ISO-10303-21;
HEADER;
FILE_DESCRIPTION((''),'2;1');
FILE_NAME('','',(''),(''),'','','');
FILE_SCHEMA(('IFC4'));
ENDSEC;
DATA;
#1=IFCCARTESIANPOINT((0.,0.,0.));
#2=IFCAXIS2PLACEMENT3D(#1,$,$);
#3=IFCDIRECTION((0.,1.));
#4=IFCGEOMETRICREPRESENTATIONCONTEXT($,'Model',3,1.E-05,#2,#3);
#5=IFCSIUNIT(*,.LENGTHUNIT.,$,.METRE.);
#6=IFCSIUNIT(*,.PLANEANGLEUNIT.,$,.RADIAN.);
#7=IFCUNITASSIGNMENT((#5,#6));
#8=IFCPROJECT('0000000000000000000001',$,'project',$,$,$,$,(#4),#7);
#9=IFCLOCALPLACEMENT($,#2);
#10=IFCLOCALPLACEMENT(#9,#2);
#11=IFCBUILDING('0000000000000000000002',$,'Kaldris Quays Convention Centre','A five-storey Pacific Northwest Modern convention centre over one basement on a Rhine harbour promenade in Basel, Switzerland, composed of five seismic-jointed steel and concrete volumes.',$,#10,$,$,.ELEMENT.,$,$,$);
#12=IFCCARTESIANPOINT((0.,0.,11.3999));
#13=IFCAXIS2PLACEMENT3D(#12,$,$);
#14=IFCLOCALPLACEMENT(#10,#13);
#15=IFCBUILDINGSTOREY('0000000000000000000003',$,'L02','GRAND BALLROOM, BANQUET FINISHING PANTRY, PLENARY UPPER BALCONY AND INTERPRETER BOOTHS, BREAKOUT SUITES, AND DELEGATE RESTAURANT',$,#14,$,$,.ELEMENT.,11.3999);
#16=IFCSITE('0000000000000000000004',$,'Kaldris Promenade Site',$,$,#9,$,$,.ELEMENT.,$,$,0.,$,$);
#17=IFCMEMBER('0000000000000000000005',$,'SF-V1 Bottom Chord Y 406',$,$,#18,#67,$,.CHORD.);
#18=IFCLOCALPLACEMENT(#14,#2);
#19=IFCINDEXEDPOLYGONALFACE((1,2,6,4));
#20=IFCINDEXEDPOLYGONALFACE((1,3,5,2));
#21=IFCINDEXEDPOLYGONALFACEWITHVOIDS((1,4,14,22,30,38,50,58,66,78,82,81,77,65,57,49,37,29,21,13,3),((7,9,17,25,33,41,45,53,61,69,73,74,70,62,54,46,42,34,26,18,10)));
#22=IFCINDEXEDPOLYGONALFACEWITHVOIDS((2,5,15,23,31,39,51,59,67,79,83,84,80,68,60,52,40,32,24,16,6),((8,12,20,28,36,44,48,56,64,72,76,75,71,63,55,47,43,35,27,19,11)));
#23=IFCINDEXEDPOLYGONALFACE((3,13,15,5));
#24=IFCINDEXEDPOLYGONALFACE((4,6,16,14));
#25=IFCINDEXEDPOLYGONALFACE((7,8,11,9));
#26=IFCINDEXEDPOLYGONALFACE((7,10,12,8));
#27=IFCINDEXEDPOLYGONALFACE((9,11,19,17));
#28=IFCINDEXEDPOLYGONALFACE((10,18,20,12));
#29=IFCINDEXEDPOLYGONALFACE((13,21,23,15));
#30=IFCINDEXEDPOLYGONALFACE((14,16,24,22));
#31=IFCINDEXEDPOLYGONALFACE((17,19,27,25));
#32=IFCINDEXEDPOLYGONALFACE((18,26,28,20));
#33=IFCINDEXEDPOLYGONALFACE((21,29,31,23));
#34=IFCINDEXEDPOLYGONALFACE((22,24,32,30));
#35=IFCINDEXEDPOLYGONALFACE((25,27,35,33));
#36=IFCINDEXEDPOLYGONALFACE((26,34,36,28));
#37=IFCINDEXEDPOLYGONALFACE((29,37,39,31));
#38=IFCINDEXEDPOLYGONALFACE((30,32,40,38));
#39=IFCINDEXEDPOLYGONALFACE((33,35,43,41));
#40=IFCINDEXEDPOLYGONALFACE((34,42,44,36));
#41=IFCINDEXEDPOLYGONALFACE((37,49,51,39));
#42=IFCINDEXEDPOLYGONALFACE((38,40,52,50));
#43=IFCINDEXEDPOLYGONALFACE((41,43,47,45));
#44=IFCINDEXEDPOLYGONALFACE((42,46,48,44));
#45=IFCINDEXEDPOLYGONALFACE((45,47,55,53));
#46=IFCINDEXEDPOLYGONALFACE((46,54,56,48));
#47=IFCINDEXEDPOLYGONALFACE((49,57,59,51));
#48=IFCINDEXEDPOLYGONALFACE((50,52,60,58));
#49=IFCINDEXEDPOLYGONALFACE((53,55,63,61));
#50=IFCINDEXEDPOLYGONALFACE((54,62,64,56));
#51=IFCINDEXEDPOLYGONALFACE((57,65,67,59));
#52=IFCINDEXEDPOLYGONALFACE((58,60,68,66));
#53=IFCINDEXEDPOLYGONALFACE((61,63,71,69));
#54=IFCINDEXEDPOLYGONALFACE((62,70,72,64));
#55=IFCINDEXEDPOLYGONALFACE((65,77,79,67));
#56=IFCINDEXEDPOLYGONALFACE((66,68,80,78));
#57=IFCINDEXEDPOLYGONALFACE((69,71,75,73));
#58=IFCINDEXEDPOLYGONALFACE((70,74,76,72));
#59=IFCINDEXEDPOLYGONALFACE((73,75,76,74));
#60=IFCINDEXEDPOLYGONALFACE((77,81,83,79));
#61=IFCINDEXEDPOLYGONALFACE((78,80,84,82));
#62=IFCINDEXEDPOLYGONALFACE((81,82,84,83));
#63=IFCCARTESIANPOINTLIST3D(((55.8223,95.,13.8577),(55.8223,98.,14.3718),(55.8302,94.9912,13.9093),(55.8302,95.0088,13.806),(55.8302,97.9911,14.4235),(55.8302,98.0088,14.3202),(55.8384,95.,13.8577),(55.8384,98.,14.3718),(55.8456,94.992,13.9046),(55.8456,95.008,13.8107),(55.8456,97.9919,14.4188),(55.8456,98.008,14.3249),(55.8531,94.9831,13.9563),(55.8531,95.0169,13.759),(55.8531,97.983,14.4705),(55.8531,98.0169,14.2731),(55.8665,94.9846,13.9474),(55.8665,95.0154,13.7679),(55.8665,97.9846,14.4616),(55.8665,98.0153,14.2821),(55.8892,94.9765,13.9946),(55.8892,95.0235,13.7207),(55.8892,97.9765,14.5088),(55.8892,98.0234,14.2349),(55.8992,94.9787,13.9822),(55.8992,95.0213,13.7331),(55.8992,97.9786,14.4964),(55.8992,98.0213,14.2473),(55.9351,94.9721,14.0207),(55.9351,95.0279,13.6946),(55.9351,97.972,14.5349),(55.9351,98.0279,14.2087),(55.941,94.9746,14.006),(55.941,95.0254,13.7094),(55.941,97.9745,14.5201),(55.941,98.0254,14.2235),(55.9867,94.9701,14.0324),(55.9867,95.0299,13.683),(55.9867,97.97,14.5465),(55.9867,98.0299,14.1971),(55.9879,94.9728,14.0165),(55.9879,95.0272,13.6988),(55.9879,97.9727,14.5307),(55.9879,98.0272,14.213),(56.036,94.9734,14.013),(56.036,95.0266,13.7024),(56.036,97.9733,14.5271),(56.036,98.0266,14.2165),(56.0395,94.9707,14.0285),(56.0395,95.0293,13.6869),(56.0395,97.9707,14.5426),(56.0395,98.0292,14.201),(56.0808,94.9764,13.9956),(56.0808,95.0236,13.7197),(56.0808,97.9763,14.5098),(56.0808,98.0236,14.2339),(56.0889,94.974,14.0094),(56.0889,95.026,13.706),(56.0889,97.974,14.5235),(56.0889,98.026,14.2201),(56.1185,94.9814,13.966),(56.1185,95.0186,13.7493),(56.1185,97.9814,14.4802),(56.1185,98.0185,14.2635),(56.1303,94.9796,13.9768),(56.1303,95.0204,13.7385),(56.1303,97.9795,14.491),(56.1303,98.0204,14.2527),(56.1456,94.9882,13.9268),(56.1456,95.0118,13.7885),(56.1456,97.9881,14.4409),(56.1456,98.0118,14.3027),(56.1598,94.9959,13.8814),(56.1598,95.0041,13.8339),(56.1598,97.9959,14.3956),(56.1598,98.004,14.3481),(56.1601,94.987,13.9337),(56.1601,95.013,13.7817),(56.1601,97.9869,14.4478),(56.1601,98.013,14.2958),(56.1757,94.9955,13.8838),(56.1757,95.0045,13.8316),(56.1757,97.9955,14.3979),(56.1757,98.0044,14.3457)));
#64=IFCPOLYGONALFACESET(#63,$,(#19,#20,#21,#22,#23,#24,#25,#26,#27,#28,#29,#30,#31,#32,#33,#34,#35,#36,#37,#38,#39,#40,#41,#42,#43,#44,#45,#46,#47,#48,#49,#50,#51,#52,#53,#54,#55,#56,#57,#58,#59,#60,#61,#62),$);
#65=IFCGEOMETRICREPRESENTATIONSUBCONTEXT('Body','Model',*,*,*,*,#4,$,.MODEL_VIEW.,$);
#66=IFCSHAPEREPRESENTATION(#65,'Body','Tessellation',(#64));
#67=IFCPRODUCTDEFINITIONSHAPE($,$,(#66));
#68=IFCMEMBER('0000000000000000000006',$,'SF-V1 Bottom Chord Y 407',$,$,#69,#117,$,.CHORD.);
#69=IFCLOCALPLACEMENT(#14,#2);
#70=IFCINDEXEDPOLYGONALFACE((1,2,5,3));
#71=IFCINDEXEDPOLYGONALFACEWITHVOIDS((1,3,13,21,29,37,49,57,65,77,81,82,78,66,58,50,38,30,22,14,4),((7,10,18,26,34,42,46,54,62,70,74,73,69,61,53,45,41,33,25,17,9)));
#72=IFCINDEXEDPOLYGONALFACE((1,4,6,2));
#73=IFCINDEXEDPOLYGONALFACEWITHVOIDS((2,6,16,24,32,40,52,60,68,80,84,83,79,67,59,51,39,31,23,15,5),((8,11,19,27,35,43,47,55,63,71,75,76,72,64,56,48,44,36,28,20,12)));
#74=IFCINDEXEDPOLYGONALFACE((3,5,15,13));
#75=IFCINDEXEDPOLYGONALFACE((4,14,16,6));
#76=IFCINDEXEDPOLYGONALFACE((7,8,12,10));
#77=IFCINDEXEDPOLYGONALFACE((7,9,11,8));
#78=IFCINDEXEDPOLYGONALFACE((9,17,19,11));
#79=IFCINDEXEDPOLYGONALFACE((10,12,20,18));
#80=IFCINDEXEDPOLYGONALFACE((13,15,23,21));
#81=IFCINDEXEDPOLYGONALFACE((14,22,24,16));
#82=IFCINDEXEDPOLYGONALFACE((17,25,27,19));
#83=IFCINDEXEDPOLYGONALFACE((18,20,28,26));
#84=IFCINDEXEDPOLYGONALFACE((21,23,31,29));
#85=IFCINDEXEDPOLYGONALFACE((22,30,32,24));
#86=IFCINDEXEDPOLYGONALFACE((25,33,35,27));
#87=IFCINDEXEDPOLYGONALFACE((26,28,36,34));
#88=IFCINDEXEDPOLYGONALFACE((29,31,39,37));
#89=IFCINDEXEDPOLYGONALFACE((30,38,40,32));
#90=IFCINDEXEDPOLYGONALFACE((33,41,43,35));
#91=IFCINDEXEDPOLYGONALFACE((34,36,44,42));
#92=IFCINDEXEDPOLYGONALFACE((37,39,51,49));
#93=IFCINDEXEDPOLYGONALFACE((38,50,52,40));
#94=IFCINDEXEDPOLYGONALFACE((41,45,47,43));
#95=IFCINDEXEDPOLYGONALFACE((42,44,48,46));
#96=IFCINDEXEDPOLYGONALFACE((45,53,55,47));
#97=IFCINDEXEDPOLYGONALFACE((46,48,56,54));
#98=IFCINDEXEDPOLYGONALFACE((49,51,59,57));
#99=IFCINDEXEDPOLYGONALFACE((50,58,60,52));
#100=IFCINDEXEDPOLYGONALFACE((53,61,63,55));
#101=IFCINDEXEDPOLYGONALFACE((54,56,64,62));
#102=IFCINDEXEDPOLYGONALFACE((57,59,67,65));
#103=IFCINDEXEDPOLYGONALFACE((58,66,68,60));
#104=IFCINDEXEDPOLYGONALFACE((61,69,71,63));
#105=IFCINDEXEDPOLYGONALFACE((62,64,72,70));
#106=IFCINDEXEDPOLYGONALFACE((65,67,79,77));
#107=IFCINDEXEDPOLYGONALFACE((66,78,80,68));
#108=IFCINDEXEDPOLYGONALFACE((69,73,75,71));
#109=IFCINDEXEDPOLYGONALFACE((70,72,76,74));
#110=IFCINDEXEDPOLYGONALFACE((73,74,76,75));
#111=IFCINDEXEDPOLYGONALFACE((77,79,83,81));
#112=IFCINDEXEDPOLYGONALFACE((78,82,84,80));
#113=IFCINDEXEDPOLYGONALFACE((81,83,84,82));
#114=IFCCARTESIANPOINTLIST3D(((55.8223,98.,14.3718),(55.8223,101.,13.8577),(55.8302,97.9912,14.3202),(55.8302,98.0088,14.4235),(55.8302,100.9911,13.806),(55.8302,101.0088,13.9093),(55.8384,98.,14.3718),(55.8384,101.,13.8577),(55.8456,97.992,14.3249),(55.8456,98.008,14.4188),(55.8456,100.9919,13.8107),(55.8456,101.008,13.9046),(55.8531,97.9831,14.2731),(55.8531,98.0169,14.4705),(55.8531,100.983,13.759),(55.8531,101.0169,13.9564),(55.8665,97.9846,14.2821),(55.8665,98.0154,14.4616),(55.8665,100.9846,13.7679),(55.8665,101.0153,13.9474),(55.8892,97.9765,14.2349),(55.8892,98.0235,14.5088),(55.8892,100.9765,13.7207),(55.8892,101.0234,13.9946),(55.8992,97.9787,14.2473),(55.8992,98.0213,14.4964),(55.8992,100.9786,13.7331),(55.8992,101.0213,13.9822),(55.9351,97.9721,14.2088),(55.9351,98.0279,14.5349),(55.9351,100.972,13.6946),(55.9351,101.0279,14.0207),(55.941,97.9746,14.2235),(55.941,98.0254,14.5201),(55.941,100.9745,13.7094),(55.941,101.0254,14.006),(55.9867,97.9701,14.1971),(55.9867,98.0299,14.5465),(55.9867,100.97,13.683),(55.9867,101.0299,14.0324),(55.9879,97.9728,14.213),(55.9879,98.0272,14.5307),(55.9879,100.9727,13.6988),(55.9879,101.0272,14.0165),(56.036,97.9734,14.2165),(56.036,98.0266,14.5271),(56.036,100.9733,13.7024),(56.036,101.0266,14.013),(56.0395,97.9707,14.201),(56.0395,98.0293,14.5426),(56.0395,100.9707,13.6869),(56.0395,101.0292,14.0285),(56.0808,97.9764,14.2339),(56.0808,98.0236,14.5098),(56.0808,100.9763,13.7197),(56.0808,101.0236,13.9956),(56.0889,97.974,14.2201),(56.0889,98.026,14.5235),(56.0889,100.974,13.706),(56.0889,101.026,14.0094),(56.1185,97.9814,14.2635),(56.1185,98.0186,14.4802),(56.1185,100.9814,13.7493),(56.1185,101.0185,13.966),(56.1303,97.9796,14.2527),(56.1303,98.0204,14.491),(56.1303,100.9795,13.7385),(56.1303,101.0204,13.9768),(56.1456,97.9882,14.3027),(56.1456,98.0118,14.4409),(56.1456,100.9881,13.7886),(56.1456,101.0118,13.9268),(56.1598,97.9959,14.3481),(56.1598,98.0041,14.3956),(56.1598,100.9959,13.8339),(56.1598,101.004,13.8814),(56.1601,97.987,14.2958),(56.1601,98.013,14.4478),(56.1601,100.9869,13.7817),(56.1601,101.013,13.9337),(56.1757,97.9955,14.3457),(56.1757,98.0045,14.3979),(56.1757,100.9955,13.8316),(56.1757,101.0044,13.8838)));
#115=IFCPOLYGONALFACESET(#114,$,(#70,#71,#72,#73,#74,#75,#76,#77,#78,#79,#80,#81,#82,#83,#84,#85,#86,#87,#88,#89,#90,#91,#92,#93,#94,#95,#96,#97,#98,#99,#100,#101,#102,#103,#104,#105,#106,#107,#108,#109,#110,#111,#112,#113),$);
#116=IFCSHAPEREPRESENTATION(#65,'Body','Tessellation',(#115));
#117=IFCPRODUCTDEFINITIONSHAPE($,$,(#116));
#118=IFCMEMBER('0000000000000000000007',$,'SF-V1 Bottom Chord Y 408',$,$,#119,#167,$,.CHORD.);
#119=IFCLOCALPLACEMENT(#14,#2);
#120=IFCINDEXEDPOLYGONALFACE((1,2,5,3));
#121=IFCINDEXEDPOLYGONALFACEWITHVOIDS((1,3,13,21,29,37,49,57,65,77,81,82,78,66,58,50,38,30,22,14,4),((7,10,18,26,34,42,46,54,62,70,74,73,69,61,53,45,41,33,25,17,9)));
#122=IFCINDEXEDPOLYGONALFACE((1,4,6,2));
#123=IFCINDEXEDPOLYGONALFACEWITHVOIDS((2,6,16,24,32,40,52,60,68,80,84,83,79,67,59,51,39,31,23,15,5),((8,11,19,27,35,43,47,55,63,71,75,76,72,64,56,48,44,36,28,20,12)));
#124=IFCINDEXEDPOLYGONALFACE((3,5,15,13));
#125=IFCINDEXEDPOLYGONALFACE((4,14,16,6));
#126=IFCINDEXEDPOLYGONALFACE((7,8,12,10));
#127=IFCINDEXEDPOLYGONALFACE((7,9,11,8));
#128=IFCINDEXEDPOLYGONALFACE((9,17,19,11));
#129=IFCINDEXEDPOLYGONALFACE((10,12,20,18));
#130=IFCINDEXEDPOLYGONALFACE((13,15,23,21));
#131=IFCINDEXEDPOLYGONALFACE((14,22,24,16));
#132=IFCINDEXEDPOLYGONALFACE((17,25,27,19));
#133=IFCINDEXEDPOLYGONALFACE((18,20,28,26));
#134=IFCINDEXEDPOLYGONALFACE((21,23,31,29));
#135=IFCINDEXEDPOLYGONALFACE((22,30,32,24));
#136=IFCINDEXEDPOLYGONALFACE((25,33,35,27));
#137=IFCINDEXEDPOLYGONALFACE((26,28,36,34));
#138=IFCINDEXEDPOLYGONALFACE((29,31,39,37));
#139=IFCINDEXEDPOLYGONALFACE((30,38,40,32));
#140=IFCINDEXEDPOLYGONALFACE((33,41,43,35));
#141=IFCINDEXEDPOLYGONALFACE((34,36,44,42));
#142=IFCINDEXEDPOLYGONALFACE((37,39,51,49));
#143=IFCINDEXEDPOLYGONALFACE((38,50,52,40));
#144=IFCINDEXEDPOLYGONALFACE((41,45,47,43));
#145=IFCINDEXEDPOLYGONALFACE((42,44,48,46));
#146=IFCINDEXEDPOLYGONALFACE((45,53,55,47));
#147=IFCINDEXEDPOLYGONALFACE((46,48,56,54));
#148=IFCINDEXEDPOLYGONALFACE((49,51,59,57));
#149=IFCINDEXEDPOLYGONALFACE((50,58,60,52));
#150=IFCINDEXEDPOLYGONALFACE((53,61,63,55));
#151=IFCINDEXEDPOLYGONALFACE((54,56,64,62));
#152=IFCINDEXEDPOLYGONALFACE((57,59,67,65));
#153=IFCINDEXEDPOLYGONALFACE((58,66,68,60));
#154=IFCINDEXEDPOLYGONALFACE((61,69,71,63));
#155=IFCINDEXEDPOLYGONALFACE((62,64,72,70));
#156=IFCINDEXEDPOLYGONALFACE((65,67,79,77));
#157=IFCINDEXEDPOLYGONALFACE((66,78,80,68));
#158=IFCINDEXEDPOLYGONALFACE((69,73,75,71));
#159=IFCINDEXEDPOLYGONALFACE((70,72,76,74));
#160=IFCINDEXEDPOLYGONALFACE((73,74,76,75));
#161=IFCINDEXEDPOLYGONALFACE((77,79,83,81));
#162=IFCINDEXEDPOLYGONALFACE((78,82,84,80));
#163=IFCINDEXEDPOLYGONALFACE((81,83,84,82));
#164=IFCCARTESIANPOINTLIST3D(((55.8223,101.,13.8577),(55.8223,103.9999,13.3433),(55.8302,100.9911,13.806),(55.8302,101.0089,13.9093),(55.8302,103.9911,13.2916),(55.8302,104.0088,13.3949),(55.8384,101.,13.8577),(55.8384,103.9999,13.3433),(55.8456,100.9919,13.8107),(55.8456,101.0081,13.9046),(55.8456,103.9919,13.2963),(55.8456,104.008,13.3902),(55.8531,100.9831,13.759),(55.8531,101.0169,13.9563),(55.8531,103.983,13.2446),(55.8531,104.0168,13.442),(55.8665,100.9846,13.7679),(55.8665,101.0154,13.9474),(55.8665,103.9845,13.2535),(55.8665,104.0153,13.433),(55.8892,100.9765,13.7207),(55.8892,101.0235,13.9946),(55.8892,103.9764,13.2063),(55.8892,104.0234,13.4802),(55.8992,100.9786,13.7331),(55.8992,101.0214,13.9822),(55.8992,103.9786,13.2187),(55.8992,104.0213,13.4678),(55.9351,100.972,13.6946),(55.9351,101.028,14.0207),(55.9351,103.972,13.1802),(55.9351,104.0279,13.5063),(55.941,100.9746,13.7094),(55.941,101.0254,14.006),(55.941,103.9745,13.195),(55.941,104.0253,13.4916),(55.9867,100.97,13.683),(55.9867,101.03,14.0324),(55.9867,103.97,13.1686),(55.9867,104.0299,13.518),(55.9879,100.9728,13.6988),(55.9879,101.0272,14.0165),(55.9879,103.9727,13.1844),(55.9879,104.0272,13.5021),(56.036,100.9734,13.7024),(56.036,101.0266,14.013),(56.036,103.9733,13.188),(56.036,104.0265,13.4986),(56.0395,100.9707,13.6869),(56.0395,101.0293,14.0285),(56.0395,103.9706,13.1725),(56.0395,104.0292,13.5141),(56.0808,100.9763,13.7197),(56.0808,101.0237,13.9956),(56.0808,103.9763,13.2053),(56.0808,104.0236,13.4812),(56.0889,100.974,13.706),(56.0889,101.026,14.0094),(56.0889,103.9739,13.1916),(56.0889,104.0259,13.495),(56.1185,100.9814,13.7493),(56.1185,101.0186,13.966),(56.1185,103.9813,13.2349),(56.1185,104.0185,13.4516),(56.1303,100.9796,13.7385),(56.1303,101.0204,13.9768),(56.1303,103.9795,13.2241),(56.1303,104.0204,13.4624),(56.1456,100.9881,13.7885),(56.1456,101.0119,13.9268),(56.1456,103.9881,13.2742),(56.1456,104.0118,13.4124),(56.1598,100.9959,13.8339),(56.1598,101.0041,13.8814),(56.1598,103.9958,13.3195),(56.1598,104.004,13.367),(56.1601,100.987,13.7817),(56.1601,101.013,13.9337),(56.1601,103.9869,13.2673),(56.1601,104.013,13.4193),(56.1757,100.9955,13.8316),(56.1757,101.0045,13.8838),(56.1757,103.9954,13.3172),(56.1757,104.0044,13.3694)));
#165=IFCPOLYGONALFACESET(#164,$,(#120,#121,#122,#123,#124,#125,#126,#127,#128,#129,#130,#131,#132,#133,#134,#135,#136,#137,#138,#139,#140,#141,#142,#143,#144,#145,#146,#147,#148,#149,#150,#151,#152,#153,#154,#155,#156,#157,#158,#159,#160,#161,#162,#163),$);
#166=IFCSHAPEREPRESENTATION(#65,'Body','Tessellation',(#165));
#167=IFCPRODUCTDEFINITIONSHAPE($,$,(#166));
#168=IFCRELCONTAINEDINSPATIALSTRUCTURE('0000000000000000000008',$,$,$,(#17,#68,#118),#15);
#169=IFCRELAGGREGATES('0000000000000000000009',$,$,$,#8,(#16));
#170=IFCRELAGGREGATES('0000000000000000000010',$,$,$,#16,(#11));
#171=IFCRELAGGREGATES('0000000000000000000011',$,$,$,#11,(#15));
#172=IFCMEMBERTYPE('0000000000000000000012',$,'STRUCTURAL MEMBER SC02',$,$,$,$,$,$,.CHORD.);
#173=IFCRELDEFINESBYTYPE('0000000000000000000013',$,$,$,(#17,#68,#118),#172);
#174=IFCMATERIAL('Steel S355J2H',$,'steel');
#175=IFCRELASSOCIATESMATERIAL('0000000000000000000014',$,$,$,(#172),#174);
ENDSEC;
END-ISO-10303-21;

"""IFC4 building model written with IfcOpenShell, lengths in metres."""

from ifc_helpers import new_model, si_unit, direction, frame, origin, origin_2d, place, context, subcontext, project, spatial, hollow_circle, extrude, material, material_profile, profile_set, type_object, element, save


model = new_model("IFC4")

# Units and contexts
model_context = context("Model", 3, precision=1e-05, world=origin(), true_north=direction((0.0, 1.0)))
body_context = subcontext(model_context, "Body", "Model", "MODEL_VIEW")
ifc_project = project(units=[si_unit("LENGTHUNIT", "METRE"), si_unit("PLANEANGLEUNIT", "RADIAN")], contexts=[model_context])

# Site, building, storey
site_placement = place(None, origin())
site = spatial("IfcSite", under=ifc_project, at=site_placement, Name="Kaldris Promenade Site", CompositionType="ELEMENT", RefElevation=0.0)
building_placement = place(site_placement, origin())
building = spatial("IfcBuilding", under=site, at=building_placement, Name="Kaldris Quays Convention Centre", Description="A five-storey Pacific Northwest Modern convention centre over one basement on a Rhine harbour promenade in Basel, Switzerland, composed of five seismic-jointed steel and concrete volumes.", CompositionType="ELEMENT")
storey_placement = place(building_placement, frame((0.0, 0.0, 11.3999)))
storey = spatial("IfcBuildingStorey", under=building, at=storey_placement, Name="L02", Description="GRAND BALLROOM, BANQUET FINISHING PANTRY, PLENARY UPPER BALCONY AND INTERPRETER BOOTHS, BREAKOUT SUITES, AND DELEGATE RESTAURANT", CompositionType="ELEMENT", Elevation=11.3999)

# Members
ifc_material_1 = material(Name="Steel S355J2H", Category="steel")
ifc_material_profile_1 = material_profile(ifc_material_1, hollow_circle(Radius=0.1777, WallThickness=0.0161, at=origin_2d()), Name="CHS 355.6x16")
ifc_profile_set_1 = profile_set([ifc_material_profile_1], Name="Steel S355J2H")
member_type_1 = type_object("IfcMemberType", Name="STRUCTURAL MEMBER SC02", PredefinedType="CHORD", material=ifc_profile_set_1)
for number, where, z_axis, x_axis, name in (
    (1, (56.0, 95.0, 13.8577), (0.0, 0.985629, 0.168924), (-1.0, 0.0, 0.0), "SF-V1 Bottom Chord Y 406"),
    (2, (56.0, 98.0, 14.3718), (0.0, 0.985629, -0.168924), (-1.0, 0.0, 0.0), "SF-V1 Bottom Chord Y 407"),
    (3, (56.0, 101.0, 13.8577), (0.0, 0.985616, -0.169002), (-1.0, 0.0, 0.0), "SF-V1 Bottom Chord Y 408"),
):
    element("IfcMember", number, at=place(storey_placement, frame(where, z_axis=z_axis, x_axis=x_axis)), inside=storey, type_object=member_type_1, Name=name, PredefinedType="CHORD", context=body_context, shape_type="SweptSolid", body=[
        extrude(hollow_circle(Radius=0.1777, WallThickness=0.0161, at=origin_2d()), origin(), (0.0, 0.0, 1.0), 3.0437),
    ])

save(model, "model.ifc")
